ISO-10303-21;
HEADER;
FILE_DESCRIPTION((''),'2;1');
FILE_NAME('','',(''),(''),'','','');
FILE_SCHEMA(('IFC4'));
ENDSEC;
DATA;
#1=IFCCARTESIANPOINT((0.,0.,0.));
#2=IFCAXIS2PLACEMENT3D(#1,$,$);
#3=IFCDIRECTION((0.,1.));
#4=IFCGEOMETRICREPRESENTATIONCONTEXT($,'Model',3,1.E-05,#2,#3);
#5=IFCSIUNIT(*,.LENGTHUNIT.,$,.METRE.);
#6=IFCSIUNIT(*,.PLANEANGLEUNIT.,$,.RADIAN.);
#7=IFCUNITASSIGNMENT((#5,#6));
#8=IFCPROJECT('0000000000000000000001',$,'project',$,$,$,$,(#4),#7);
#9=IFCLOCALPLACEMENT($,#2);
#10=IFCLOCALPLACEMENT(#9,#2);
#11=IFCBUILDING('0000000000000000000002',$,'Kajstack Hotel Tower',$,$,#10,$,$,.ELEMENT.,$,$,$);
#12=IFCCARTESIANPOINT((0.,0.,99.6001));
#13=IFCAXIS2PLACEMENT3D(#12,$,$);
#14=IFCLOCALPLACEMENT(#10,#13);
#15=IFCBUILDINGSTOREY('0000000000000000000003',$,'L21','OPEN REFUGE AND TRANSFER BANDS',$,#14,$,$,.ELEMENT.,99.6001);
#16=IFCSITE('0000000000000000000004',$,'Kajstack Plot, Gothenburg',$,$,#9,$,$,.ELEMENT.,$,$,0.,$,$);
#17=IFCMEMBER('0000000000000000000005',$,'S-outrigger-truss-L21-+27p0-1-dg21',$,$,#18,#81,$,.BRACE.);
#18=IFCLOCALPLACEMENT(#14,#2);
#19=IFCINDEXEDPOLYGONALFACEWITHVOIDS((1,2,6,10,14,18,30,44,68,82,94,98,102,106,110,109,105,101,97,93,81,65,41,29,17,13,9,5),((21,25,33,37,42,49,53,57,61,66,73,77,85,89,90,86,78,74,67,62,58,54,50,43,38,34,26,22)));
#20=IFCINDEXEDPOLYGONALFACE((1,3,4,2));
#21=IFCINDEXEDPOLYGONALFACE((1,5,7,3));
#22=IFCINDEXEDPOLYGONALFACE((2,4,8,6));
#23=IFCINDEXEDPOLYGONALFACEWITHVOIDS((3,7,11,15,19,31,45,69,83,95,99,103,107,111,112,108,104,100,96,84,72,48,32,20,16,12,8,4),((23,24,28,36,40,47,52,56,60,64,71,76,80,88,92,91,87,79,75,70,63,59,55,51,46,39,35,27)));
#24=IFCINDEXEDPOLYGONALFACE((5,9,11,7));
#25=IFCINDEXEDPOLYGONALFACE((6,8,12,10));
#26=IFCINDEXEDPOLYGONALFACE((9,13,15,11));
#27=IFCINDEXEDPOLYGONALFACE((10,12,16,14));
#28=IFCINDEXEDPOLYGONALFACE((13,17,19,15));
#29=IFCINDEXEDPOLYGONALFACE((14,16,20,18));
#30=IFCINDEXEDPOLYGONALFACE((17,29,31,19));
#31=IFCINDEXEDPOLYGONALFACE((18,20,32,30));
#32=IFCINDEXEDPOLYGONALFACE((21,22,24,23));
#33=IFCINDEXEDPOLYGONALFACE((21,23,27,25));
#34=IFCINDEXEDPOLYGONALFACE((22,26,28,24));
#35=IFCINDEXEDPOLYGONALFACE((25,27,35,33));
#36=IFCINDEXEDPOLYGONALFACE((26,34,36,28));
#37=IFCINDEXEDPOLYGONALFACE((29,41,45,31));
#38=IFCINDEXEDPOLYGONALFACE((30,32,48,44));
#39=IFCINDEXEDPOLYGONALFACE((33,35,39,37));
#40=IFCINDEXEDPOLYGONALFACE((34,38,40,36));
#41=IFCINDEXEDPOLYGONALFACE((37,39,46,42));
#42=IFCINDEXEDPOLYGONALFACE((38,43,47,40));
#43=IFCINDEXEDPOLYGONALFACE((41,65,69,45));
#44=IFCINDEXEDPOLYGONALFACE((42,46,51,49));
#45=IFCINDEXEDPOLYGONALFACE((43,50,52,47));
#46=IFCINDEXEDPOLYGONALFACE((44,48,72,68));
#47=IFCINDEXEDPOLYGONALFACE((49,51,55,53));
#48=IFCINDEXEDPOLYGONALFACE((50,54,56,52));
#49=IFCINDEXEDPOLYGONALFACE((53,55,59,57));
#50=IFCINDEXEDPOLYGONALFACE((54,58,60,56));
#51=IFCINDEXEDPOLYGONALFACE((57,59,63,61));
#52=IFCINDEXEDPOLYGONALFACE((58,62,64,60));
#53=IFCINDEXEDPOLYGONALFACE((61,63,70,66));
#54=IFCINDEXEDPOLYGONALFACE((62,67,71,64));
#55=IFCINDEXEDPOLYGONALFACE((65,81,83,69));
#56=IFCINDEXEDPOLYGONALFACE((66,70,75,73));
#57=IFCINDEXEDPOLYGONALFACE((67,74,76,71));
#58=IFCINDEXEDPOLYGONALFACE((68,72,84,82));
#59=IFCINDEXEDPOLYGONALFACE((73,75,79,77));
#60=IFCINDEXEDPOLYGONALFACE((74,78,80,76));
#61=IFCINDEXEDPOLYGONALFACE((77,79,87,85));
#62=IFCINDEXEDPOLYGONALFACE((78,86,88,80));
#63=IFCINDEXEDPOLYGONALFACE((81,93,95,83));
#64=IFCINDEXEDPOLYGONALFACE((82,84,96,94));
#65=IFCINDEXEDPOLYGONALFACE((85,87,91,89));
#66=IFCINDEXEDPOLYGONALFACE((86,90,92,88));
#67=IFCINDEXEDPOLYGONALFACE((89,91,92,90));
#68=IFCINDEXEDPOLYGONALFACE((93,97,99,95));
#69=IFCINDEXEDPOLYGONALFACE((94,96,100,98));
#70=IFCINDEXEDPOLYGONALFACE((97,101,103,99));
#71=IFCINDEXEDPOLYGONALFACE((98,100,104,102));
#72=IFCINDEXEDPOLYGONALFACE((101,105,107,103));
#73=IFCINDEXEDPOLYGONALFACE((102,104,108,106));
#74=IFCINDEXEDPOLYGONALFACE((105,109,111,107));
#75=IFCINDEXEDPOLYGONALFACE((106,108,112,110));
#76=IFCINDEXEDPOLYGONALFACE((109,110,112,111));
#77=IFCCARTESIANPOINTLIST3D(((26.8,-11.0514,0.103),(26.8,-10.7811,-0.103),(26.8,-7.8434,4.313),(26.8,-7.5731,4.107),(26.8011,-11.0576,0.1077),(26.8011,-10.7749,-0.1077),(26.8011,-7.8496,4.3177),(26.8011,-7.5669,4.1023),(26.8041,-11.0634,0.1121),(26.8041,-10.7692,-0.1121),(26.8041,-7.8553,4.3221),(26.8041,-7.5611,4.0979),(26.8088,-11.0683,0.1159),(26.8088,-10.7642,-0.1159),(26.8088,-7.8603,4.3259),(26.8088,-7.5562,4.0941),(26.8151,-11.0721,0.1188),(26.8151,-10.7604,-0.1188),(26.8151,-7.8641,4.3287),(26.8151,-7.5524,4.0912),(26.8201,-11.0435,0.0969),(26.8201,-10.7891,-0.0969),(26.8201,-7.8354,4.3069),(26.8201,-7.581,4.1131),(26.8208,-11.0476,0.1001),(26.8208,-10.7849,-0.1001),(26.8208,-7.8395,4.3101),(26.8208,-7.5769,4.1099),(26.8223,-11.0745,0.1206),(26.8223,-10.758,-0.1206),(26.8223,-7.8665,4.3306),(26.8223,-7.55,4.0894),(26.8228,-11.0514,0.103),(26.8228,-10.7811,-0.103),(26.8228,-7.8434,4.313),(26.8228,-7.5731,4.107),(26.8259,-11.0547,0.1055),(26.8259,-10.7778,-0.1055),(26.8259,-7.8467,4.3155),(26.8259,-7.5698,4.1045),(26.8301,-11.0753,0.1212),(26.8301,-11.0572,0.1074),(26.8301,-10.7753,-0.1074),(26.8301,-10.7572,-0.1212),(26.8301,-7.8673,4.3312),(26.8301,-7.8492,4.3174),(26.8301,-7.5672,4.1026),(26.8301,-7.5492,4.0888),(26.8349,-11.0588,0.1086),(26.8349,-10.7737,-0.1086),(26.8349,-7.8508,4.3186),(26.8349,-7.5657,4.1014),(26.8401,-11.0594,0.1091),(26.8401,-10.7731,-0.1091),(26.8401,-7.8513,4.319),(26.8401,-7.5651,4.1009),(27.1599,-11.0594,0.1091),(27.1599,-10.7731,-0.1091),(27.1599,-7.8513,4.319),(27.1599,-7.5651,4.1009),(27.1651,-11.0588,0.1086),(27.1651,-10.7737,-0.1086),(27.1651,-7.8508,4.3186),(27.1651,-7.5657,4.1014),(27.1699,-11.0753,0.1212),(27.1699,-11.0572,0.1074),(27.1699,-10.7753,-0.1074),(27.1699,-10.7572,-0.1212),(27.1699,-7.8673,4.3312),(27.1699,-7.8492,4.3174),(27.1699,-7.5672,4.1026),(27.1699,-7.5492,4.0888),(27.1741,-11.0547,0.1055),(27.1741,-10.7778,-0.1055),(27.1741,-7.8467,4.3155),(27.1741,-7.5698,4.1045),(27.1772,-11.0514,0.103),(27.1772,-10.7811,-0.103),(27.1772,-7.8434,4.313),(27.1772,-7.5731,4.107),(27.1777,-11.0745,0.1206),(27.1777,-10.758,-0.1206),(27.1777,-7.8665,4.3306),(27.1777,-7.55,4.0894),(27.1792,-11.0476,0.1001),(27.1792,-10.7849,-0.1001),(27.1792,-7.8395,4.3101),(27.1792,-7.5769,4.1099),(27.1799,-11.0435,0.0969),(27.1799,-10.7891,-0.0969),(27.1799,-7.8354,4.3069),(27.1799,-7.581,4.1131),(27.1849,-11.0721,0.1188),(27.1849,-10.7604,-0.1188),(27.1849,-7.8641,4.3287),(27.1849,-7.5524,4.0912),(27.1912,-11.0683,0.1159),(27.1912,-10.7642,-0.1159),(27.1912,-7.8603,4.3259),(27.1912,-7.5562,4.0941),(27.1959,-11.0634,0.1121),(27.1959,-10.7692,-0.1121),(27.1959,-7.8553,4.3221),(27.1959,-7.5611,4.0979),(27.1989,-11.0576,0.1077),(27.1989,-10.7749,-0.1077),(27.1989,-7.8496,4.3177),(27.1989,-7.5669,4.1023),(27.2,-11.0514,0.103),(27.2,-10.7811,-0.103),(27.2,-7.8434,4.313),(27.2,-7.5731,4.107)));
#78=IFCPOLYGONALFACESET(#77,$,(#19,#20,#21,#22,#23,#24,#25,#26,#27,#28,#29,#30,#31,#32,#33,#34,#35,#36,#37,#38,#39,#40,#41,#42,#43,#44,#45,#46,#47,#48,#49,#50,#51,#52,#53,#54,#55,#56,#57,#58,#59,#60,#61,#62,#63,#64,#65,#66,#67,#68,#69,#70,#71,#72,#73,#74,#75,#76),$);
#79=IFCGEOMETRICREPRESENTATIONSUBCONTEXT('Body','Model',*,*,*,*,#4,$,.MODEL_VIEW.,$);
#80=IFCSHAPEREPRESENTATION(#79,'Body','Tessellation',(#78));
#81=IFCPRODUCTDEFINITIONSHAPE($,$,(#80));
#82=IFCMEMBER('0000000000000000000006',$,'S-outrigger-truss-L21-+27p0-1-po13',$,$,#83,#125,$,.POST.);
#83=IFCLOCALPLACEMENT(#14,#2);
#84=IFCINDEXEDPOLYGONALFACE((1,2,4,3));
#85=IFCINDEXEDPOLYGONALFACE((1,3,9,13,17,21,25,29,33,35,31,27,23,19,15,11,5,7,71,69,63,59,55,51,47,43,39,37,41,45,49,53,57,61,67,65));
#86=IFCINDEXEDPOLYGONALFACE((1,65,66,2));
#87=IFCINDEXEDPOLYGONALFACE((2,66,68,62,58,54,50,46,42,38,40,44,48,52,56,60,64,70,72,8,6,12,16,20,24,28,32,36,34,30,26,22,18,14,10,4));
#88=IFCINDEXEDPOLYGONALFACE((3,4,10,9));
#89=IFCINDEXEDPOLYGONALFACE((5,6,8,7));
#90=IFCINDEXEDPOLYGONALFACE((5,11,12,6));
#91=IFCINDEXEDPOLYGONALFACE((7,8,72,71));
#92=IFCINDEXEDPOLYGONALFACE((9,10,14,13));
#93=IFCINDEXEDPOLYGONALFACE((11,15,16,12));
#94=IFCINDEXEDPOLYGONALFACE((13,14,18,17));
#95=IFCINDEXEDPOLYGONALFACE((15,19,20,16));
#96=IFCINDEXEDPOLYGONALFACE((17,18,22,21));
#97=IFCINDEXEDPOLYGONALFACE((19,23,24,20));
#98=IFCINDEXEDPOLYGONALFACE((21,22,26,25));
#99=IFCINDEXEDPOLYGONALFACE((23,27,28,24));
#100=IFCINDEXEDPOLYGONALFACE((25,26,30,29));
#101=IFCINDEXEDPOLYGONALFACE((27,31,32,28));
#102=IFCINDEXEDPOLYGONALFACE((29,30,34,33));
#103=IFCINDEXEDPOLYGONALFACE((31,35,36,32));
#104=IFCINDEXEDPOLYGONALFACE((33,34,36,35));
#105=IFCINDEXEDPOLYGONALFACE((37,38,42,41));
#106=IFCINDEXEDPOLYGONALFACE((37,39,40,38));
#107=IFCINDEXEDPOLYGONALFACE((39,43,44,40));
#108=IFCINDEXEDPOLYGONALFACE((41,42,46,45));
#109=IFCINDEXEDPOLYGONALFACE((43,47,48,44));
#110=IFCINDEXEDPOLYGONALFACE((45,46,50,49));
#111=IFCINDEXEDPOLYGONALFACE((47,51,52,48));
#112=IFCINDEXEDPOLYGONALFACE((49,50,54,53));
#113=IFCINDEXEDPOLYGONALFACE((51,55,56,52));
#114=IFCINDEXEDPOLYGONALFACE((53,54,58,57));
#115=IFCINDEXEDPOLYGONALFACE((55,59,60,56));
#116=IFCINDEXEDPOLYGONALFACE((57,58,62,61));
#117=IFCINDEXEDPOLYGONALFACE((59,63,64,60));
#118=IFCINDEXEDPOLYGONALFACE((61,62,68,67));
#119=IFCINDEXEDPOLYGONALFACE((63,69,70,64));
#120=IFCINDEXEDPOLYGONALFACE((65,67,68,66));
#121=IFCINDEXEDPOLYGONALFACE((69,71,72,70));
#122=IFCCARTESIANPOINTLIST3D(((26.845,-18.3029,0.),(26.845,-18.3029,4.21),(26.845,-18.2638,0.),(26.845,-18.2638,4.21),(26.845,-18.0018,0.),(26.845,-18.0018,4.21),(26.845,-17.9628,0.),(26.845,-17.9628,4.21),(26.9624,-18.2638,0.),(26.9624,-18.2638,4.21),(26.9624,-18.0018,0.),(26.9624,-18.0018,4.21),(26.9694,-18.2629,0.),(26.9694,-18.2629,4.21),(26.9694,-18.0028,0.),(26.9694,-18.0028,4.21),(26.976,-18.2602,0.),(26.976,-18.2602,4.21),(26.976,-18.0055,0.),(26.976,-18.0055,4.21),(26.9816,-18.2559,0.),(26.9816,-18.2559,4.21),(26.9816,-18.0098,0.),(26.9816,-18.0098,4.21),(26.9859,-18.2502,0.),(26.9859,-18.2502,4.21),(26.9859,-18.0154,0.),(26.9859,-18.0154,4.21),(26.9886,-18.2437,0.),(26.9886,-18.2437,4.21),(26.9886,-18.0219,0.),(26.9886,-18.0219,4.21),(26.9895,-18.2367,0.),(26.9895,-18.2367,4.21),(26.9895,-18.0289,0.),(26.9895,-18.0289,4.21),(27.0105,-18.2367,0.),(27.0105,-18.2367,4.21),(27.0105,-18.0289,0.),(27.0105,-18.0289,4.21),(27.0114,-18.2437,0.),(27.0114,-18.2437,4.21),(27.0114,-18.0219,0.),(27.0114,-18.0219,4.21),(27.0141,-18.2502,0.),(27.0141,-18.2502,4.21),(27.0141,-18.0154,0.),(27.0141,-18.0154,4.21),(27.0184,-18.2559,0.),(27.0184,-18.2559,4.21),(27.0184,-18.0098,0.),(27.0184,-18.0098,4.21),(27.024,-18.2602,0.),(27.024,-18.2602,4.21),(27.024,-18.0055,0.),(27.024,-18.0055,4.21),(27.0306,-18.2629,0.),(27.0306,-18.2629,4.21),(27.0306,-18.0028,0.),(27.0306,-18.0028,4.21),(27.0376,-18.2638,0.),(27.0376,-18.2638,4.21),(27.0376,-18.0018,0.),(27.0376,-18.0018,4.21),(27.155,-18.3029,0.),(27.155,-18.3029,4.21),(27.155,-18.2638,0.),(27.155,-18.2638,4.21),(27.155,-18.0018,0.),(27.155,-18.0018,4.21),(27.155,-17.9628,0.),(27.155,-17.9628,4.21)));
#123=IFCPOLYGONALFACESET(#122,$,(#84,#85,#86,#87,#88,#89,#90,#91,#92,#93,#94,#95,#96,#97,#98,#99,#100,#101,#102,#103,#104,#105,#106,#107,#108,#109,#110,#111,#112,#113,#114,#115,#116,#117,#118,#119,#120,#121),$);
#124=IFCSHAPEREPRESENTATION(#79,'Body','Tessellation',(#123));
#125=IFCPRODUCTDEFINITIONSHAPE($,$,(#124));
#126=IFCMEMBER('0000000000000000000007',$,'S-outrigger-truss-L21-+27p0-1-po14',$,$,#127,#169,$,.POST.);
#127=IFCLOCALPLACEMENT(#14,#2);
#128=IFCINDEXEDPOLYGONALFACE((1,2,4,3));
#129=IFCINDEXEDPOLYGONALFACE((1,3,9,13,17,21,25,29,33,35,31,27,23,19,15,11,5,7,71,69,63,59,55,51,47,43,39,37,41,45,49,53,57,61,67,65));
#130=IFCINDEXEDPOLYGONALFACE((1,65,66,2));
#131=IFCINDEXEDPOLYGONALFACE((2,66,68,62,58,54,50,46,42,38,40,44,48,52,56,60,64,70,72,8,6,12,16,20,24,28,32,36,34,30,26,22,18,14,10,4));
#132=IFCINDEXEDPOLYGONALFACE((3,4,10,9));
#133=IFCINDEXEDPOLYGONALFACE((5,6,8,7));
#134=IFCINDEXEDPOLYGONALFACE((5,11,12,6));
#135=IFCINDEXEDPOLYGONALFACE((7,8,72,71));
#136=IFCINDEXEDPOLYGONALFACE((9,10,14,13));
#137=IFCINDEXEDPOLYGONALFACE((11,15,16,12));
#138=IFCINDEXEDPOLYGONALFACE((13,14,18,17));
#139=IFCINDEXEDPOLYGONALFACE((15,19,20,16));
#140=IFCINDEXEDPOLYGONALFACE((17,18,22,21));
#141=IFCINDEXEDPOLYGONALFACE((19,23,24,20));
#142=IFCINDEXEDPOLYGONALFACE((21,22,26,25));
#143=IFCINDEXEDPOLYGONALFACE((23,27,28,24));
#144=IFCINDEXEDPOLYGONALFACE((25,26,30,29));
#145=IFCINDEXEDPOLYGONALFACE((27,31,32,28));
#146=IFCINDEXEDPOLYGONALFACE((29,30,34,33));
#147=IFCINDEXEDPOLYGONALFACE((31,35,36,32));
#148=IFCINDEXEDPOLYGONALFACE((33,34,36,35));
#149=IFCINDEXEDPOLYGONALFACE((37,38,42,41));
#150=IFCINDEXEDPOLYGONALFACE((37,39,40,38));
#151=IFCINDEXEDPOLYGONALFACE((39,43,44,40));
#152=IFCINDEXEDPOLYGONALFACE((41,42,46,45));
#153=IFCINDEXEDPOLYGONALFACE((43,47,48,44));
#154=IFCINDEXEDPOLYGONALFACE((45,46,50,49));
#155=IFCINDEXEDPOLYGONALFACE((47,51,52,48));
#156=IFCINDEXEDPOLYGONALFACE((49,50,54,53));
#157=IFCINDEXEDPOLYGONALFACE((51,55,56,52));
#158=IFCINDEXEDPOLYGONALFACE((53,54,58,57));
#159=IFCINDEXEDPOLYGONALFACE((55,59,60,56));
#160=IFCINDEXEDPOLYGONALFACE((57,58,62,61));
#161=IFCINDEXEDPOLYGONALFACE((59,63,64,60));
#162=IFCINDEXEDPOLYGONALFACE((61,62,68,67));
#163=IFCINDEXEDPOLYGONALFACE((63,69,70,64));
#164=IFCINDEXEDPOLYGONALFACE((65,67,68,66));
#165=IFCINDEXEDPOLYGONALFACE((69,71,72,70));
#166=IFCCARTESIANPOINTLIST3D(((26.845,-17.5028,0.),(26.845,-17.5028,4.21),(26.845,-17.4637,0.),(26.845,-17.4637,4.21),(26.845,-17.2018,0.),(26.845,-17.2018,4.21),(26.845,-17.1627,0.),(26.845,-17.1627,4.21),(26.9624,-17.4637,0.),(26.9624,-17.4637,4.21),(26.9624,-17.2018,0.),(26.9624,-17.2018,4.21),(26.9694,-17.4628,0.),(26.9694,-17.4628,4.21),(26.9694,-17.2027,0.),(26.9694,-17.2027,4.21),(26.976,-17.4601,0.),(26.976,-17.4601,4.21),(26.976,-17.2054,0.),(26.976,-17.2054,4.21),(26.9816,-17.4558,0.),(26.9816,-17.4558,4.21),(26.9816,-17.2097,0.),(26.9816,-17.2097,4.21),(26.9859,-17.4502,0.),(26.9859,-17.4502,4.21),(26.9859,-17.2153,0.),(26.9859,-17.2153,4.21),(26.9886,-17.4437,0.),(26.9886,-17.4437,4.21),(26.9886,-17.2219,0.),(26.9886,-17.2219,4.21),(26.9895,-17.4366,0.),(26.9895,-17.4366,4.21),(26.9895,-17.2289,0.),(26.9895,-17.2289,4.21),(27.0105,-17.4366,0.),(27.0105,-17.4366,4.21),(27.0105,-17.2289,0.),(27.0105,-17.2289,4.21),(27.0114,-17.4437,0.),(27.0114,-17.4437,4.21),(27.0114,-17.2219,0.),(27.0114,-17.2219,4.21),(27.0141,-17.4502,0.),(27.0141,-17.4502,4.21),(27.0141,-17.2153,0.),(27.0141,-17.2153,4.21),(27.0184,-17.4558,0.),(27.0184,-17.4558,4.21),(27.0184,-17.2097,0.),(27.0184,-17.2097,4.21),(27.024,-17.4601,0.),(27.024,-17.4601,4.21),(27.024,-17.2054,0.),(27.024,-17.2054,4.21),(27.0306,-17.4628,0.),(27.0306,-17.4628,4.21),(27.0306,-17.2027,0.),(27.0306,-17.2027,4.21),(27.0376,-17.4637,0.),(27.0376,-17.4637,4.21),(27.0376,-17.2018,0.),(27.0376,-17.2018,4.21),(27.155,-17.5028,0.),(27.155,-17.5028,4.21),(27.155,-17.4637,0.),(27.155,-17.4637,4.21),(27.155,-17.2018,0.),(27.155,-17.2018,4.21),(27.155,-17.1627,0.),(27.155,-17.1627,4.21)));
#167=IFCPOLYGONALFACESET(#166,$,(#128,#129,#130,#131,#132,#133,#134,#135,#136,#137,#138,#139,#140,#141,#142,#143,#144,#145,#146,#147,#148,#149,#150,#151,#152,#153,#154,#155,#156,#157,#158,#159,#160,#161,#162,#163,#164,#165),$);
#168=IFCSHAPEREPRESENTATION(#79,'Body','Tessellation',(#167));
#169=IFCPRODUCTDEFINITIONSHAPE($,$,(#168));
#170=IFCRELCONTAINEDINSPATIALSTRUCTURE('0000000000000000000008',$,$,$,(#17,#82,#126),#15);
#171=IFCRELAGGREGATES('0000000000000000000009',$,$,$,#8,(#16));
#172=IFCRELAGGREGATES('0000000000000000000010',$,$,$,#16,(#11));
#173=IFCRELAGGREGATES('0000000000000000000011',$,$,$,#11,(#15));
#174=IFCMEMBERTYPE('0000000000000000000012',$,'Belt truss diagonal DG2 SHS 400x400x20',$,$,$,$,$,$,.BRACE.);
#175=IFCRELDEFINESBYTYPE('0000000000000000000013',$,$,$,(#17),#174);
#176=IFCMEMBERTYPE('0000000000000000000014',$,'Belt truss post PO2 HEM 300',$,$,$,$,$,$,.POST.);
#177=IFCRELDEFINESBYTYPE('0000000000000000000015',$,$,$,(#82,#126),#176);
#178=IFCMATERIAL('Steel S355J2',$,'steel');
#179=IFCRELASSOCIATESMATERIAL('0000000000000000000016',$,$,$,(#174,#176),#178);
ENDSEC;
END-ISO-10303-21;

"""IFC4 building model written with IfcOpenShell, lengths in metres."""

from ifc_helpers import new_model, si_unit, direction, frame, origin, origin_2d, place, context, subcontext, project, spatial, hollow_rectangle, i_section, extrude, material, material_profile, profile_set, type_object, element, save


model = new_model("IFC4")

# Units and contexts
model_context = context("Model", 3, precision=1e-05, world=origin(), true_north=direction((0.0, 1.0)))
body_context = subcontext(model_context, "Body", "Model", "MODEL_VIEW")
ifc_project = project(units=[si_unit("LENGTHUNIT", "METRE"), si_unit("PLANEANGLEUNIT", "RADIAN")], contexts=[model_context])

# Site, building, storey
site_placement = place(None, origin())
site = spatial("IfcSite", under=ifc_project, at=site_placement, Name="Kajstack Plot, Gothenburg", CompositionType="ELEMENT", RefElevation=0.0)
building_placement = place(site_placement, origin())
building = spatial("IfcBuilding", under=site, at=building_placement, Name="Kajstack Hotel Tower", CompositionType="ELEMENT")
storey_placement = place(building_placement, frame((0.0, 0.0, 99.6001)))
storey = spatial("IfcBuildingStorey", under=building, at=storey_placement, Name="L21", Description="OPEN REFUGE AND TRANSFER BANDS", CompositionType="ELEMENT", Elevation=99.6001)

# Members
ifc_material_1 = material(Name="Steel S355J2", Category="steel")
ifc_material_profile_1 = material_profile(ifc_material_1, hollow_rectangle(XDim=0.3999, YDim=0.3999, WallThickness=0.02, InnerFilletRadius=0.02, OuterFilletRadius=0.03, at=origin_2d()), Name="SHS 400x400x20")
ifc_profile_set_1 = profile_set([ifc_material_profile_1], Name="Steel S355J2")
member_type_1 = type_object("IfcMemberType", Name="Belt truss diagonal DG2 SHS 400x400x20", PredefinedType="BRACE", material=ifc_profile_set_1)
for number, where, z_axis, x_axis, name in (
    (1, (27.0, -10.9163, 0.0), (0.0, 0.606093, 0.795394), (-1.0, 0.0, 0.0), "S-outrigger-truss-L21-+27p0-1-dg21"),
):
    element("IfcMember", number, at=place(storey_placement, frame(where, z_axis=z_axis, x_axis=x_axis)), inside=storey, type_object=member_type_1, Name=name, PredefinedType="BRACE", context=body_context, shape_type="SweptSolid", body=[
        extrude(hollow_rectangle(XDim=0.3999, YDim=0.3999, WallThickness=0.02, InnerFilletRadius=0.02, OuterFilletRadius=0.03, at=origin_2d()), origin(), (0.0, 0.0, 1.0), 5.293),
    ])
ifc_material_profile_2 = material_profile(ifc_material_1, i_section(OverallWidth=0.3101, OverallDepth=0.3401, WebThickness=0.021, FlangeThickness=0.0391, FilletRadius=0.0271, at=origin_2d()), Name="HEM 300")
ifc_profile_set_2 = profile_set([ifc_material_profile_2], Name="Steel S355J2")
member_type_2 = type_object("IfcMemberType", Name="Belt truss post PO2 HEM 300", PredefinedType="POST", material=ifc_profile_set_2)
for number, where, z_axis, x_axis, name in (
    (2, (27.0, -18.1328, 0.0), (0.0, 0.0, 1.0), (1.0, 0.0, 0.0), "S-outrigger-truss-L21-+27p0-1-po13"),
    (3, (27.0, -17.3328, 0.0), (0.0, 0.0, 1.0), (1.0, 0.0, 0.0), "S-outrigger-truss-L21-+27p0-1-po14"),
):
    element("IfcMember", number, at=place(storey_placement, frame(where, z_axis=z_axis, x_axis=x_axis)), inside=storey, type_object=member_type_2, Name=name, PredefinedType="POST", context=body_context, shape_type="SweptSolid", body=[
        extrude(i_section(OverallWidth=0.3101, OverallDepth=0.3401, WebThickness=0.021, FlangeThickness=0.0391, FilletRadius=0.0271, at=origin_2d()), origin(), (0.0, 0.0, 1.0), 4.21),
    ])

save(model, "model.ifc")
